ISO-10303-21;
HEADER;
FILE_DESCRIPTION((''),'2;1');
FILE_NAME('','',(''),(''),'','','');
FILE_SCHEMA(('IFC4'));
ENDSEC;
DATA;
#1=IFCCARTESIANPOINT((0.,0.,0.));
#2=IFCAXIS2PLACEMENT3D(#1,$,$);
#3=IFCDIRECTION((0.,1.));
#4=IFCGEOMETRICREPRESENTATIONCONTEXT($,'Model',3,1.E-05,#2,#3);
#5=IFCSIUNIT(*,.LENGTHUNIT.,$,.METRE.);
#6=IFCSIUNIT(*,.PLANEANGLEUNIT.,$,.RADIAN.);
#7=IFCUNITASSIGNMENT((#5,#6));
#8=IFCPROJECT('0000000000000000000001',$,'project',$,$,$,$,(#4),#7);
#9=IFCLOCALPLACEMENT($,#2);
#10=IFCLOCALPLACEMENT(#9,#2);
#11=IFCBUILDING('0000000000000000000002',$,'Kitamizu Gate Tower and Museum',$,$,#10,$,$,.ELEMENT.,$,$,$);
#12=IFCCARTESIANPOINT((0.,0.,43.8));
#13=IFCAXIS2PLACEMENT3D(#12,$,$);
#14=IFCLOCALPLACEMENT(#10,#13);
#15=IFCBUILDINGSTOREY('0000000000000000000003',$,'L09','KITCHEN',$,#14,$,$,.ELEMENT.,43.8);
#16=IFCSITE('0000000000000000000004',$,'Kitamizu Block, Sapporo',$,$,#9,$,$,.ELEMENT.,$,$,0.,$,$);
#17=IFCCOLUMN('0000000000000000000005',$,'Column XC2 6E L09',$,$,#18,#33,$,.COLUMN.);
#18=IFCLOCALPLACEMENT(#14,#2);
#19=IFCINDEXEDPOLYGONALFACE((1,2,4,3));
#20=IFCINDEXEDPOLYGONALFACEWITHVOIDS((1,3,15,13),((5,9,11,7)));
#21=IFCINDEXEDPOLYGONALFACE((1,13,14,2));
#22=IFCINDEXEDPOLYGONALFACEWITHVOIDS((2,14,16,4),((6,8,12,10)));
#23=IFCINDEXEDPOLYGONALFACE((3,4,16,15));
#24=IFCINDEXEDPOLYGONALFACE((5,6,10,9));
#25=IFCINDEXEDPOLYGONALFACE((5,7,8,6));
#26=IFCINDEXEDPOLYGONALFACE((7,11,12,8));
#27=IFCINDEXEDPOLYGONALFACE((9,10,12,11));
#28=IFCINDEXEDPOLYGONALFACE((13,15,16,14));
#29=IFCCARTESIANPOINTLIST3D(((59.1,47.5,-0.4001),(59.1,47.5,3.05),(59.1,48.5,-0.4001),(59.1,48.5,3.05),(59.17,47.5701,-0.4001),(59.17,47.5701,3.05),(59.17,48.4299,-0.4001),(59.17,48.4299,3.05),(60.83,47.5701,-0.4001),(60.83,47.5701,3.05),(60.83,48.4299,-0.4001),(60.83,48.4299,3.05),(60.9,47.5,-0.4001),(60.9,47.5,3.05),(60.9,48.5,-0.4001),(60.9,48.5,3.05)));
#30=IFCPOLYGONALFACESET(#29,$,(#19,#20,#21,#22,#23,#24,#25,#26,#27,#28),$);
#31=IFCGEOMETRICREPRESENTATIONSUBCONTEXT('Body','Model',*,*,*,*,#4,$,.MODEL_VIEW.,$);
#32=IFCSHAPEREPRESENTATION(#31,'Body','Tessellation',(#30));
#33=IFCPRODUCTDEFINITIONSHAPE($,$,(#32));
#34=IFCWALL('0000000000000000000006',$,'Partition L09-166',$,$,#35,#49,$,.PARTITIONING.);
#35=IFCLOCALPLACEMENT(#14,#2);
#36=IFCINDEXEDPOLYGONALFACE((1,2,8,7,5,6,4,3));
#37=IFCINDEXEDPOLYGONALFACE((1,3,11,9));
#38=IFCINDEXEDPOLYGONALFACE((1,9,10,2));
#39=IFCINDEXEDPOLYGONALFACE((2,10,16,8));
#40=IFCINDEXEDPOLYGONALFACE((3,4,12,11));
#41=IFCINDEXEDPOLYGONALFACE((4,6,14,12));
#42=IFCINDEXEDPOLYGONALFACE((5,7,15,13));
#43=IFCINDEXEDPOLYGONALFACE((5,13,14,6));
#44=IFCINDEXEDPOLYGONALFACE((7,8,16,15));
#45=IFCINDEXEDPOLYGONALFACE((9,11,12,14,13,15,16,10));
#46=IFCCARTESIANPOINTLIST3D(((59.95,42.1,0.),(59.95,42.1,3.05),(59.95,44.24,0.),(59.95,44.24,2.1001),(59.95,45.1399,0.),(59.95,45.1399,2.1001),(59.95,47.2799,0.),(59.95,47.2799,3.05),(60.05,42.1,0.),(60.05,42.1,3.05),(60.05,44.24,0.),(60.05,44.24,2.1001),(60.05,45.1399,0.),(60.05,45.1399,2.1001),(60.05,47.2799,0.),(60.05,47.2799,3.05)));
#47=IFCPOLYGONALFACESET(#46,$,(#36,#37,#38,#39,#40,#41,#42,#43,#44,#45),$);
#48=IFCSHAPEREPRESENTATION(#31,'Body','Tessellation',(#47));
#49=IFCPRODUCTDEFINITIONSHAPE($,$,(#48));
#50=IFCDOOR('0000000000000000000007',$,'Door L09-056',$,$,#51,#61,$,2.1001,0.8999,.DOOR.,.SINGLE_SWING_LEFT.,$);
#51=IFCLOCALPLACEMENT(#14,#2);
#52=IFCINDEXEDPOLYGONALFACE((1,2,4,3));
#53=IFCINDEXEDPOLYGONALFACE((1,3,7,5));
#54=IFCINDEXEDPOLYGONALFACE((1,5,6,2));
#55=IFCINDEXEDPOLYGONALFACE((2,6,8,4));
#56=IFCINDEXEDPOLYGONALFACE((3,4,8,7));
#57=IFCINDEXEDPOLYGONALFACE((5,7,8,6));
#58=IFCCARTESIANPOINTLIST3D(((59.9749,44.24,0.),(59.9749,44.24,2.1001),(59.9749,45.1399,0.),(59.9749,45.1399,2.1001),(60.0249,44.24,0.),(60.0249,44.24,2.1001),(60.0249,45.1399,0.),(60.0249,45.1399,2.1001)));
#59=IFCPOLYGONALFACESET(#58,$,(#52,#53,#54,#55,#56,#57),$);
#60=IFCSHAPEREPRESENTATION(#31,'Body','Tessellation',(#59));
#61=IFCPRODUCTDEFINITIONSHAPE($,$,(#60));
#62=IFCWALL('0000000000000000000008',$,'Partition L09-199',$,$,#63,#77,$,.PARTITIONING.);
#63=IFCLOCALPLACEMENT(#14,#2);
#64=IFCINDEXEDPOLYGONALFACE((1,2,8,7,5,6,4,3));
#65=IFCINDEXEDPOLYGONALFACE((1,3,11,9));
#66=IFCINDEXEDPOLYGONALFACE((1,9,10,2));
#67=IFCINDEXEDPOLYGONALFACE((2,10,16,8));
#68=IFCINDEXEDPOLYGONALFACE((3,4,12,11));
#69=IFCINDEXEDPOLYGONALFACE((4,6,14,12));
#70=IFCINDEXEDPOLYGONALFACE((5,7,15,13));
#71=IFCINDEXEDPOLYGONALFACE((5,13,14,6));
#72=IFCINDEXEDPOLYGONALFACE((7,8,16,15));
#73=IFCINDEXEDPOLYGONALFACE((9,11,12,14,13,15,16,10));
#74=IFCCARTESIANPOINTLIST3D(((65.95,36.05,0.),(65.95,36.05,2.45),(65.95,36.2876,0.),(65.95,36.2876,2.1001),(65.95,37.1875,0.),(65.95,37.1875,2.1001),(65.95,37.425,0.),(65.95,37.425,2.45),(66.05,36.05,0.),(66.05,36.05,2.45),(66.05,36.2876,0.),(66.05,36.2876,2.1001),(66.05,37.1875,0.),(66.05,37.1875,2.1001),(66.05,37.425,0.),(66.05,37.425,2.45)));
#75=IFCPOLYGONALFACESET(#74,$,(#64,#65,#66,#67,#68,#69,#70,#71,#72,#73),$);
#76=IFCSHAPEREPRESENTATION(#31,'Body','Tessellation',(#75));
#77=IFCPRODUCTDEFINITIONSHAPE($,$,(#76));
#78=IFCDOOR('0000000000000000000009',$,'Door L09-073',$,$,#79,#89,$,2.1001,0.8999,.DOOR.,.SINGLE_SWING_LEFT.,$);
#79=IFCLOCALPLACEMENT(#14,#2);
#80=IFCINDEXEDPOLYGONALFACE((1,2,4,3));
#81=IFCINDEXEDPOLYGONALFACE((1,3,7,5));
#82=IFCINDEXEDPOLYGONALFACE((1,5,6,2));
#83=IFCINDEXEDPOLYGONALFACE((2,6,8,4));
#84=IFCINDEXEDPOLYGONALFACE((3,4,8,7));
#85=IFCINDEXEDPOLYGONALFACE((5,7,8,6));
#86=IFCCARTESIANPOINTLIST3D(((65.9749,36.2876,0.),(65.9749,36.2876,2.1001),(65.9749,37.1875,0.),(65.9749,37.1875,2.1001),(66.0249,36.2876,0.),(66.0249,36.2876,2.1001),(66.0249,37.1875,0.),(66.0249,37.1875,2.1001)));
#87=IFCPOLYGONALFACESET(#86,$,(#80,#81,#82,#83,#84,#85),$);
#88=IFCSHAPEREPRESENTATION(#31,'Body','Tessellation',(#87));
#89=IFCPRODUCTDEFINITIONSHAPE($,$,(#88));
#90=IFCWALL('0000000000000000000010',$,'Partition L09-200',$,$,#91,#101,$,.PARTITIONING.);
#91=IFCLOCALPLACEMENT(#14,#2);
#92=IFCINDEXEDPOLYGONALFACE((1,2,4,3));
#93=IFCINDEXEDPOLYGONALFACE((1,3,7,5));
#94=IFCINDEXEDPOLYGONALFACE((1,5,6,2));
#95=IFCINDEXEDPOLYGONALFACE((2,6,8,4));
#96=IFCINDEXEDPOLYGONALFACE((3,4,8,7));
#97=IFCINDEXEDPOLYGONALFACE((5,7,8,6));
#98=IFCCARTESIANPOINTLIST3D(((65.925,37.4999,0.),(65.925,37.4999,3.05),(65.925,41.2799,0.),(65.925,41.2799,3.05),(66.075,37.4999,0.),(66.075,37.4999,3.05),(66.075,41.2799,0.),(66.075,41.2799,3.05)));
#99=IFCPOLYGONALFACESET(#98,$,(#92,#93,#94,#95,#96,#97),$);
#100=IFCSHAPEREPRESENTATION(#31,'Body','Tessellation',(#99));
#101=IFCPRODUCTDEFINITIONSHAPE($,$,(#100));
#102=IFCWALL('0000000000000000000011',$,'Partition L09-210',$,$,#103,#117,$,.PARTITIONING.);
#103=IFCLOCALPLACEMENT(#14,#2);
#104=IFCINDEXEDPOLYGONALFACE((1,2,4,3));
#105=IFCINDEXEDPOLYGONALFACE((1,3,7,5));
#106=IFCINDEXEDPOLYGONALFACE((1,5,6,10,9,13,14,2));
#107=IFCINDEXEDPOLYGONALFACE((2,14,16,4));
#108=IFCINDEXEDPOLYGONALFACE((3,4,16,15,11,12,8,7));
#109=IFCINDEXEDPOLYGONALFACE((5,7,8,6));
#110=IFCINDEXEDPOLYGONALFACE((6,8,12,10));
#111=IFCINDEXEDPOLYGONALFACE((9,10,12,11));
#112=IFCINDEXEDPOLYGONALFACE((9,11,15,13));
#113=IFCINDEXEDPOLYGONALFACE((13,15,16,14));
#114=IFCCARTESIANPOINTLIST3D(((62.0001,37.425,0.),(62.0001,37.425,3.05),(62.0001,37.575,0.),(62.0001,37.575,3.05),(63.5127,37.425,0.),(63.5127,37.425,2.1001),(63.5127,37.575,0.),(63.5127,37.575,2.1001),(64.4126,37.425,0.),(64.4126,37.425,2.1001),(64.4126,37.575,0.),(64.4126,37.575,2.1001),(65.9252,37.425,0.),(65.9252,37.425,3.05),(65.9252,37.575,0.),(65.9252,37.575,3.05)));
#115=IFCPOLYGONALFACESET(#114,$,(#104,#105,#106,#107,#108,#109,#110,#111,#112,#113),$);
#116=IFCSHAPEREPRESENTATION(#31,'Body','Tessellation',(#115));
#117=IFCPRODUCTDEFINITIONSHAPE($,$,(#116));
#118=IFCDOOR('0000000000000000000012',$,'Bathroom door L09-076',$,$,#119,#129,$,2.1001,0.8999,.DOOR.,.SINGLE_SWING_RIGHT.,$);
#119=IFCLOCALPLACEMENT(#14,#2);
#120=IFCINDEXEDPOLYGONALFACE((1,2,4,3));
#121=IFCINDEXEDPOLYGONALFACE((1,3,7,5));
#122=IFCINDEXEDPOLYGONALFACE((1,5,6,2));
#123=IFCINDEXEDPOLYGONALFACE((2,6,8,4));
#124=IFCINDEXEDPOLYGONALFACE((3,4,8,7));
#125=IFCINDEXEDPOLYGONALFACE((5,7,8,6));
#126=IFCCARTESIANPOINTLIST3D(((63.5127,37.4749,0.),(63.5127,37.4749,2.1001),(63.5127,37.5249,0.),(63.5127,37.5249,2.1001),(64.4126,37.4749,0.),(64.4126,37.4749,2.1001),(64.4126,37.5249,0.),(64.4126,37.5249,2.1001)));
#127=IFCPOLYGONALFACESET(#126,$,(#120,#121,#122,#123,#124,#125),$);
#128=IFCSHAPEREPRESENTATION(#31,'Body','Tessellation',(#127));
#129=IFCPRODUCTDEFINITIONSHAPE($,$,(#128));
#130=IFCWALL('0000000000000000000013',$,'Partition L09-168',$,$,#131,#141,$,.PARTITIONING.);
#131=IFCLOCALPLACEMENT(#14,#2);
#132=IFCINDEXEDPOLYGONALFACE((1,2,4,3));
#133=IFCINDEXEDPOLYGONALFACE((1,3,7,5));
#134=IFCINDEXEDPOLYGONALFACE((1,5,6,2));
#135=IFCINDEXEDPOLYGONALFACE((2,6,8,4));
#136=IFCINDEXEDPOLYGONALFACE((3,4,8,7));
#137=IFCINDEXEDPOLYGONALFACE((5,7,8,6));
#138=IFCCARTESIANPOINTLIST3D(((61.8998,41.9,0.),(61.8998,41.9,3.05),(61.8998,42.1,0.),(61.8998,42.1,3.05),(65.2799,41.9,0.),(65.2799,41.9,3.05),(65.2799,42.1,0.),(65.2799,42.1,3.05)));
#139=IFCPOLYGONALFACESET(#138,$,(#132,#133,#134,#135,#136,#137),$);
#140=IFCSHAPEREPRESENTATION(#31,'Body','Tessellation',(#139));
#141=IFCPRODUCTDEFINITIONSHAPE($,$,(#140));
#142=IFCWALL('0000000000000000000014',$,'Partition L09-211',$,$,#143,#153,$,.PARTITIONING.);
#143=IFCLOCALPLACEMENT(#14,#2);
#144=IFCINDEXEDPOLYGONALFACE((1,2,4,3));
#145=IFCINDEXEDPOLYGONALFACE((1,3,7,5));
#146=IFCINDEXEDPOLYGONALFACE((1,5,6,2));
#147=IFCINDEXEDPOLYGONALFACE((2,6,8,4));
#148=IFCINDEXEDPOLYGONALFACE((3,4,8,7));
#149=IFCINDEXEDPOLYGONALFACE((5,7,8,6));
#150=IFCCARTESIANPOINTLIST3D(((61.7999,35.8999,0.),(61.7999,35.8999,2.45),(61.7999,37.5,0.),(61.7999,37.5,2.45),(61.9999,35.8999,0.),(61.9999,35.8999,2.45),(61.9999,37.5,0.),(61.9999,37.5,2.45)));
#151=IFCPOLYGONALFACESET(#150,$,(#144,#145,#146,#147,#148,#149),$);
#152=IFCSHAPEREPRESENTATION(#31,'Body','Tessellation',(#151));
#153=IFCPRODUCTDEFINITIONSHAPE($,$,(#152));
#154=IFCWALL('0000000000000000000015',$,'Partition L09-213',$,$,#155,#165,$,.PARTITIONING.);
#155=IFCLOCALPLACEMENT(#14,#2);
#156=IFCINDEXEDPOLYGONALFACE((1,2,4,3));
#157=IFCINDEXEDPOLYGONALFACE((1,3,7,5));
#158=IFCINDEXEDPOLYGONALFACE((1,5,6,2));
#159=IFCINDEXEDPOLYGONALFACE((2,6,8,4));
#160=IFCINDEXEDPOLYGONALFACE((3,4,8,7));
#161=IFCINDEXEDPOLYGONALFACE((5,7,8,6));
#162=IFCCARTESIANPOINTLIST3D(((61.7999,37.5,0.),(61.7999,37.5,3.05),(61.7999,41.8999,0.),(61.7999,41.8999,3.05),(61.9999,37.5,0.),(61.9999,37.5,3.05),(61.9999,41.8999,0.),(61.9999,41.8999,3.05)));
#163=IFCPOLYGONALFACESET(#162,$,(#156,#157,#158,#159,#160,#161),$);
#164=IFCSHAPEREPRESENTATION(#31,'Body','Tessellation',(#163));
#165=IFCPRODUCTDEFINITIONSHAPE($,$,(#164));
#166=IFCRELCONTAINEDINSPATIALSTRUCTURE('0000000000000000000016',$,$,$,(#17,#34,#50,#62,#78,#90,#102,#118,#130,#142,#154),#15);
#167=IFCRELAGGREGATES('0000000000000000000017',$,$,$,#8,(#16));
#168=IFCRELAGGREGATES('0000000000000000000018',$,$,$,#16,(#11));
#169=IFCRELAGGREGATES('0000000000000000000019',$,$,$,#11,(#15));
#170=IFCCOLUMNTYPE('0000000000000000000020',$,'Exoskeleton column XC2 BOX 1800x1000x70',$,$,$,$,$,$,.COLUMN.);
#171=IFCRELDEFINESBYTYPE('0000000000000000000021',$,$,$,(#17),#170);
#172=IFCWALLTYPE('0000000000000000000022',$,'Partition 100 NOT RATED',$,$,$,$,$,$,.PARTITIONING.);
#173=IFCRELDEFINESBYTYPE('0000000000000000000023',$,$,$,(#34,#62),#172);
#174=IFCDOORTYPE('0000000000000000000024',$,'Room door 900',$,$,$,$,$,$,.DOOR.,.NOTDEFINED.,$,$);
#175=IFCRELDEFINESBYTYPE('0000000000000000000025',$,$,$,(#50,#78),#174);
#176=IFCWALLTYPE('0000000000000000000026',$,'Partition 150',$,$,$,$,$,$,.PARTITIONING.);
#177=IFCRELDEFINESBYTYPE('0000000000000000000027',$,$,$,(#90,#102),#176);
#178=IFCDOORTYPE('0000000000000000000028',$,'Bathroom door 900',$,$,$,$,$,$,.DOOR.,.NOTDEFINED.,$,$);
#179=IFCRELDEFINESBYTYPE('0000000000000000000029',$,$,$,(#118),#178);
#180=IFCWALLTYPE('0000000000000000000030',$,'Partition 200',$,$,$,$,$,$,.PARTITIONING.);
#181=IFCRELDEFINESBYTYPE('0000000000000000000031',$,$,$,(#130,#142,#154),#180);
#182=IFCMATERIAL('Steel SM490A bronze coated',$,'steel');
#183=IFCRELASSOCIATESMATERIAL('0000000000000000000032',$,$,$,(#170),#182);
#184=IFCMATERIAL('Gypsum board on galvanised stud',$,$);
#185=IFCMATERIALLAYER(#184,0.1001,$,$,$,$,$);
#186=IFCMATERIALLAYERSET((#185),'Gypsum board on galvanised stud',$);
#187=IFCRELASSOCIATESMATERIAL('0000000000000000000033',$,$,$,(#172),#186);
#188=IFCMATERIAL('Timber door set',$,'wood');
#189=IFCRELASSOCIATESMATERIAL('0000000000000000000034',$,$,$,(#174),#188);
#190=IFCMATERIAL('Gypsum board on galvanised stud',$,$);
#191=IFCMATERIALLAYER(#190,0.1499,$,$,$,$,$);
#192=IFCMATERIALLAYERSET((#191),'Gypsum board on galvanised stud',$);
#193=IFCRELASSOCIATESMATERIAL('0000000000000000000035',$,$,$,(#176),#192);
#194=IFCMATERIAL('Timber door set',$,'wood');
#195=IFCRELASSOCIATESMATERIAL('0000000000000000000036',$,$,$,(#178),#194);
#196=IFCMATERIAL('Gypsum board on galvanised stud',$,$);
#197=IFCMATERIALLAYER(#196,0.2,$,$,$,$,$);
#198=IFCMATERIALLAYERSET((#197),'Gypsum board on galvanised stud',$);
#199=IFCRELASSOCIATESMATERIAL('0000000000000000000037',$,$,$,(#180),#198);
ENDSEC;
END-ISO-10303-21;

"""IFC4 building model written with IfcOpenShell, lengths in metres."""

from ifc_helpers import new_model, si_unit, direction, frame, frame_2d, origin, origin_2d, place, context, subcontext, project, spatial, rectangle, hollow_rectangle, extrude, material, layer, layer_set, material_profile, profile_set, type_object, element, fill, save


model = new_model("IFC4")

# Units and contexts
model_context = context("Model", 3, precision=1e-05, world=origin(), true_north=direction((0.0, 1.0)))
body_context = subcontext(model_context, "Body", "Model", "MODEL_VIEW")
ifc_project = project(units=[si_unit("LENGTHUNIT", "METRE"), si_unit("PLANEANGLEUNIT", "RADIAN")], contexts=[model_context])

# Site, building, storey
site_placement = place(None, origin())
site = spatial("IfcSite", under=ifc_project, at=site_placement, Name="Kitamizu Block, Sapporo", CompositionType="ELEMENT", RefElevation=0.0)
building_placement = place(site_placement, origin())
building = spatial("IfcBuilding", under=site, at=building_placement, Name="Kitamizu Gate Tower and Museum", CompositionType="ELEMENT")
storey_placement = place(building_placement, frame((0.0, 0.0, 43.8)))
storey = spatial("IfcBuildingStorey", under=building, at=storey_placement, Name="L09", Description="KITCHEN", CompositionType="ELEMENT", Elevation=43.8)

# Column
ifc_material_1 = material(Name="Steel SM490A bronze coated", Category="steel")
ifc_material_profile = material_profile(ifc_material_1, hollow_rectangle(XDim=1.8, YDim=1.0, WallThickness=0.0701, at=origin_2d()), Name="BOX 1800x1000x70")
ifc_profile_set = profile_set([ifc_material_profile], Name="Steel SM490A bronze coated")
column_type = type_object("IfcColumnType", Name="Exoskeleton column XC2 BOX 1800x1000x70", PredefinedType="COLUMN", material=ifc_profile_set)
column_placement = place(storey_placement, frame((60.0, 48.0, -0.4001), z_axis=(0.0, 0.0, 1.0), x_axis=(1.0, 0.0, 0.0)))
element("IfcColumn", 1, at=column_placement, inside=storey, type_object=column_type, Name="Column XC2 6E L09", PredefinedType="COLUMN", context=body_context, shape_type="SweptSolid", body=[
    extrude(hollow_rectangle(XDim=1.8, YDim=1.0, WallThickness=0.0701, at=origin_2d()), origin(), (0.0, 0.0, 1.0), 3.4502),
])

# Walls, openings, doors
ifc_material_2 = material(Name="Gypsum board on galvanised stud")
ifc_layer_1 = layer(ifc_material_2, 0.1001)
ifc_layer_set_1 = layer_set([ifc_layer_1], Name="Gypsum board on galvanised stud")
wall_type_1 = type_object("IfcWallType", Name="Partition 100 NOT RATED", PredefinedType="PARTITIONING", material=ifc_layer_set_1)
wall_1_placement = place(storey_placement, frame((60.0, 42.1001, 0.0), z_axis=(0.0, 0.0, 1.0), x_axis=(0.0, 1.0, 0.0)))
wall_1 = element("IfcWall", 2, at=wall_1_placement, inside=storey, type_object=wall_type_1, Name="Partition L09-166", PredefinedType="PARTITIONING", context=body_context, shape_type="SweptSolid", body=[
    extrude(rectangle(XDim=5.1799, YDim=0.1001, at=frame_2d((2.5898, 0.0))), origin(), (0.0, 0.0, 1.0), 3.05),
])
opening_1_placement = place(wall_1_placement, frame((2.1399, 0.0, 0.0)))
opening_1 = element("IfcOpeningElement", 3, at=opening_1_placement, cuts=wall_1, PredefinedType="OPENING", context=body_context, shape_type="SweptSolid", body=[
    extrude(rectangle(XDim=0.8999, YDim=2.1001, at=frame_2d((0.45, 1.05))), frame((0.0, 0.0601, 0.0), z_axis=(0.0, -1.0, 0.0), x_axis=(1.0, 0.0, 0.0)), (0.0, 0.0, 1.0), 0.1201),
])
ifc_material_3 = material(Name="Timber door set", Category="wood")
door_type_1 = type_object("IfcDoorType", Name="Room door 900", OperationType="NOTDEFINED", PredefinedType="DOOR", material=ifc_material_3)
door_1_placement = place(opening_1_placement, frame((0.8999, 0.0, 0.0), x_axis=(-1.0, 0.0, 0.0)))
door_1 = element("IfcDoor", 4, at=door_1_placement, inside=storey, type_object=door_type_1, Name="Door L09-056", OperationType="SINGLE_SWING_LEFT", OverallHeight=2.1001, OverallWidth=0.8999, PredefinedType="DOOR", context=body_context, shape_type="SweptSolid", body=[
    extrude(rectangle(XDim=0.8999, YDim=2.1001, at=frame_2d((0.45, 1.05))), frame((0.0, 0.0249, 0.0), z_axis=(0.0, -1.0, 0.0), x_axis=(1.0, 0.0, 0.0)), (0.0, 0.0, 1.0), 0.05),
])
fill(opening_1, door_1)
wall_2_placement = place(storey_placement, frame((66.0, 37.425, 0.0), z_axis=(0.0, 0.0, 1.0), x_axis=(0.0, -1.0, 0.0)))
wall_2 = element("IfcWall", 5, at=wall_2_placement, inside=storey, type_object=wall_type_1, Name="Partition L09-199", PredefinedType="PARTITIONING", context=body_context, shape_type="SweptSolid", body=[
    extrude(rectangle(XDim=1.375, YDim=0.1001, at=frame_2d((0.6875, 0.0))), origin(), (0.0, 0.0, 1.0), 2.45),
])
opening_2_placement = place(wall_2_placement, frame((0.2375, 0.0, 0.0)))
opening_2 = element("IfcOpeningElement", 6, at=opening_2_placement, cuts=wall_2, PredefinedType="OPENING", context=body_context, shape_type="SweptSolid", body=[
    extrude(rectangle(XDim=0.8999, YDim=2.1001, at=frame_2d((0.45, 1.05))), frame((0.0, 0.0601, 0.0), z_axis=(0.0, -1.0, 0.0), x_axis=(1.0, 0.0, 0.0)), (0.0, 0.0, 1.0), 0.1201),
])
door_2_placement = place(opening_2_placement, origin())
door_2 = element("IfcDoor", 7, at=door_2_placement, inside=storey, type_object=door_type_1, Name="Door L09-073", OperationType="SINGLE_SWING_LEFT", OverallHeight=2.1001, OverallWidth=0.8999, PredefinedType="DOOR", context=body_context, shape_type="SweptSolid", body=[
    extrude(rectangle(XDim=0.8999, YDim=2.1001, at=frame_2d((0.45, 1.05))), frame((0.0, 0.0249, 0.0), z_axis=(0.0, -1.0, 0.0), x_axis=(1.0, 0.0, 0.0)), (0.0, 0.0, 1.0), 0.05),
])
fill(opening_2, door_2)

# Wall
ifc_material_4 = material(Name="Gypsum board on galvanised stud")
ifc_layer_2 = layer(ifc_material_4, 0.1499)
ifc_layer_set_2 = layer_set([ifc_layer_2], Name="Gypsum board on galvanised stud")
wall_type_2 = type_object("IfcWallType", Name="Partition 150", PredefinedType="PARTITIONING", material=ifc_layer_set_2)
wall_3_placement = place(storey_placement, frame((66.0, 41.28, 0.0), z_axis=(0.0, 0.0, 1.0), x_axis=(0.0, -1.0, 0.0)))
element("IfcWall", 8, at=wall_3_placement, inside=storey, type_object=wall_type_2, Name="Partition L09-200", PredefinedType="PARTITIONING", context=body_context, shape_type="SweptSolid", body=[
    extrude(rectangle(XDim=3.78, YDim=0.1499, at=frame_2d((1.8901, 0.0))), origin(), (0.0, 0.0, 1.0), 3.05),
])

# Wall, opening, door
wall_4_placement = place(storey_placement, frame((65.925, 37.5, 0.0), z_axis=(0.0, 0.0, 1.0), x_axis=(-1.0, 0.0, 0.0)))
wall_4 = element("IfcWall", 9, at=wall_4_placement, inside=storey, type_object=wall_type_2, Name="Partition L09-210", PredefinedType="PARTITIONING", context=body_context, shape_type="SweptSolid", body=[
    extrude(rectangle(XDim=3.925, YDim=0.1499, at=frame_2d((1.9624, 0.0))), origin(), (0.0, 0.0, 1.0), 3.05),
])
opening_3_placement = place(wall_4_placement, frame((1.5125, 0.0, 0.0)))
opening_3 = element("IfcOpeningElement", 10, at=opening_3_placement, cuts=wall_4, PredefinedType="OPENING", context=body_context, shape_type="SweptSolid", body=[
    extrude(rectangle(XDim=0.8999, YDim=2.1001, at=frame_2d((0.45, 1.05))), frame((0.0, 0.085, 0.0), z_axis=(0.0, -1.0, 0.0), x_axis=(1.0, 0.0, 0.0)), (0.0, 0.0, 1.0), 0.1699),
])
ifc_material_5 = material(Name="Timber door set", Category="wood")
door_type_2 = type_object("IfcDoorType", Name="Bathroom door 900", OperationType="NOTDEFINED", PredefinedType="DOOR", material=ifc_material_5)
door_3_placement = place(opening_3_placement, frame((0.8999, 0.0, 0.0), x_axis=(-1.0, 0.0, 0.0)))
door_3 = element("IfcDoor", 11, at=door_3_placement, inside=storey, type_object=door_type_2, Name="Bathroom door L09-076", OperationType="SINGLE_SWING_RIGHT", OverallHeight=2.1001, OverallWidth=0.8999, PredefinedType="DOOR", context=body_context, shape_type="SweptSolid", body=[
    extrude(rectangle(XDim=0.8999, YDim=2.1001, at=frame_2d((0.45, 1.05))), frame((0.0, 0.0249, 0.0), z_axis=(0.0, -1.0, 0.0), x_axis=(1.0, 0.0, 0.0)), (0.0, 0.0, 1.0), 0.05),
])
fill(opening_3, door_3)

# Walls
ifc_material_6 = material(Name="Gypsum board on galvanised stud")
ifc_layer_3 = layer(ifc_material_6, 0.2)
ifc_layer_set_3 = layer_set([ifc_layer_3], Name="Gypsum board on galvanised stud")
wall_type_3 = type_object("IfcWallType", Name="Partition 200", PredefinedType="PARTITIONING", material=ifc_layer_set_3)
wall_5_placement = place(storey_placement, frame((61.8999, 42.0, 0.0), z_axis=(0.0, 0.0, 1.0), x_axis=(1.0, 0.0, 0.0)))
element("IfcWall", 12, at=wall_5_placement, inside=storey, type_object=wall_type_3, Name="Partition L09-168", PredefinedType="PARTITIONING", context=body_context, shape_type="SweptSolid", body=[
    extrude(rectangle(XDim=3.3801, YDim=0.2, at=frame_2d((1.6899, 0.0))), origin(), (0.0, 0.0, 1.0), 3.05),
])
wall_6_placement = place(storey_placement, frame((61.8999, 37.5, 0.0), z_axis=(0.0, 0.0, 1.0), x_axis=(0.0, -1.0, 0.0)))
element("IfcWall", 13, at=wall_6_placement, inside=storey, type_object=wall_type_3, Name="Partition L09-211", PredefinedType="PARTITIONING", context=body_context, shape_type="SweptSolid", body=[
    extrude(rectangle(XDim=1.6001, YDim=0.2, at=frame_2d((0.8, 0.0))), origin(), (0.0, 0.0, 1.0), 2.45),
])
wall_7_placement = place(storey_placement, frame((61.8999, 41.8999, 0.0), z_axis=(0.0, 0.0, 1.0), x_axis=(0.0, -1.0, 0.0)))
element("IfcWall", 14, at=wall_7_placement, inside=storey, type_object=wall_type_3, Name="Partition L09-213", PredefinedType="PARTITIONING", context=body_context, shape_type="SweptSolid", body=[
    extrude(rectangle(XDim=4.3999, YDim=0.2, at=frame_2d((2.2, 0.0))), origin(), (0.0, 0.0, 1.0), 3.05),
])

save(model, "model.ifc")
